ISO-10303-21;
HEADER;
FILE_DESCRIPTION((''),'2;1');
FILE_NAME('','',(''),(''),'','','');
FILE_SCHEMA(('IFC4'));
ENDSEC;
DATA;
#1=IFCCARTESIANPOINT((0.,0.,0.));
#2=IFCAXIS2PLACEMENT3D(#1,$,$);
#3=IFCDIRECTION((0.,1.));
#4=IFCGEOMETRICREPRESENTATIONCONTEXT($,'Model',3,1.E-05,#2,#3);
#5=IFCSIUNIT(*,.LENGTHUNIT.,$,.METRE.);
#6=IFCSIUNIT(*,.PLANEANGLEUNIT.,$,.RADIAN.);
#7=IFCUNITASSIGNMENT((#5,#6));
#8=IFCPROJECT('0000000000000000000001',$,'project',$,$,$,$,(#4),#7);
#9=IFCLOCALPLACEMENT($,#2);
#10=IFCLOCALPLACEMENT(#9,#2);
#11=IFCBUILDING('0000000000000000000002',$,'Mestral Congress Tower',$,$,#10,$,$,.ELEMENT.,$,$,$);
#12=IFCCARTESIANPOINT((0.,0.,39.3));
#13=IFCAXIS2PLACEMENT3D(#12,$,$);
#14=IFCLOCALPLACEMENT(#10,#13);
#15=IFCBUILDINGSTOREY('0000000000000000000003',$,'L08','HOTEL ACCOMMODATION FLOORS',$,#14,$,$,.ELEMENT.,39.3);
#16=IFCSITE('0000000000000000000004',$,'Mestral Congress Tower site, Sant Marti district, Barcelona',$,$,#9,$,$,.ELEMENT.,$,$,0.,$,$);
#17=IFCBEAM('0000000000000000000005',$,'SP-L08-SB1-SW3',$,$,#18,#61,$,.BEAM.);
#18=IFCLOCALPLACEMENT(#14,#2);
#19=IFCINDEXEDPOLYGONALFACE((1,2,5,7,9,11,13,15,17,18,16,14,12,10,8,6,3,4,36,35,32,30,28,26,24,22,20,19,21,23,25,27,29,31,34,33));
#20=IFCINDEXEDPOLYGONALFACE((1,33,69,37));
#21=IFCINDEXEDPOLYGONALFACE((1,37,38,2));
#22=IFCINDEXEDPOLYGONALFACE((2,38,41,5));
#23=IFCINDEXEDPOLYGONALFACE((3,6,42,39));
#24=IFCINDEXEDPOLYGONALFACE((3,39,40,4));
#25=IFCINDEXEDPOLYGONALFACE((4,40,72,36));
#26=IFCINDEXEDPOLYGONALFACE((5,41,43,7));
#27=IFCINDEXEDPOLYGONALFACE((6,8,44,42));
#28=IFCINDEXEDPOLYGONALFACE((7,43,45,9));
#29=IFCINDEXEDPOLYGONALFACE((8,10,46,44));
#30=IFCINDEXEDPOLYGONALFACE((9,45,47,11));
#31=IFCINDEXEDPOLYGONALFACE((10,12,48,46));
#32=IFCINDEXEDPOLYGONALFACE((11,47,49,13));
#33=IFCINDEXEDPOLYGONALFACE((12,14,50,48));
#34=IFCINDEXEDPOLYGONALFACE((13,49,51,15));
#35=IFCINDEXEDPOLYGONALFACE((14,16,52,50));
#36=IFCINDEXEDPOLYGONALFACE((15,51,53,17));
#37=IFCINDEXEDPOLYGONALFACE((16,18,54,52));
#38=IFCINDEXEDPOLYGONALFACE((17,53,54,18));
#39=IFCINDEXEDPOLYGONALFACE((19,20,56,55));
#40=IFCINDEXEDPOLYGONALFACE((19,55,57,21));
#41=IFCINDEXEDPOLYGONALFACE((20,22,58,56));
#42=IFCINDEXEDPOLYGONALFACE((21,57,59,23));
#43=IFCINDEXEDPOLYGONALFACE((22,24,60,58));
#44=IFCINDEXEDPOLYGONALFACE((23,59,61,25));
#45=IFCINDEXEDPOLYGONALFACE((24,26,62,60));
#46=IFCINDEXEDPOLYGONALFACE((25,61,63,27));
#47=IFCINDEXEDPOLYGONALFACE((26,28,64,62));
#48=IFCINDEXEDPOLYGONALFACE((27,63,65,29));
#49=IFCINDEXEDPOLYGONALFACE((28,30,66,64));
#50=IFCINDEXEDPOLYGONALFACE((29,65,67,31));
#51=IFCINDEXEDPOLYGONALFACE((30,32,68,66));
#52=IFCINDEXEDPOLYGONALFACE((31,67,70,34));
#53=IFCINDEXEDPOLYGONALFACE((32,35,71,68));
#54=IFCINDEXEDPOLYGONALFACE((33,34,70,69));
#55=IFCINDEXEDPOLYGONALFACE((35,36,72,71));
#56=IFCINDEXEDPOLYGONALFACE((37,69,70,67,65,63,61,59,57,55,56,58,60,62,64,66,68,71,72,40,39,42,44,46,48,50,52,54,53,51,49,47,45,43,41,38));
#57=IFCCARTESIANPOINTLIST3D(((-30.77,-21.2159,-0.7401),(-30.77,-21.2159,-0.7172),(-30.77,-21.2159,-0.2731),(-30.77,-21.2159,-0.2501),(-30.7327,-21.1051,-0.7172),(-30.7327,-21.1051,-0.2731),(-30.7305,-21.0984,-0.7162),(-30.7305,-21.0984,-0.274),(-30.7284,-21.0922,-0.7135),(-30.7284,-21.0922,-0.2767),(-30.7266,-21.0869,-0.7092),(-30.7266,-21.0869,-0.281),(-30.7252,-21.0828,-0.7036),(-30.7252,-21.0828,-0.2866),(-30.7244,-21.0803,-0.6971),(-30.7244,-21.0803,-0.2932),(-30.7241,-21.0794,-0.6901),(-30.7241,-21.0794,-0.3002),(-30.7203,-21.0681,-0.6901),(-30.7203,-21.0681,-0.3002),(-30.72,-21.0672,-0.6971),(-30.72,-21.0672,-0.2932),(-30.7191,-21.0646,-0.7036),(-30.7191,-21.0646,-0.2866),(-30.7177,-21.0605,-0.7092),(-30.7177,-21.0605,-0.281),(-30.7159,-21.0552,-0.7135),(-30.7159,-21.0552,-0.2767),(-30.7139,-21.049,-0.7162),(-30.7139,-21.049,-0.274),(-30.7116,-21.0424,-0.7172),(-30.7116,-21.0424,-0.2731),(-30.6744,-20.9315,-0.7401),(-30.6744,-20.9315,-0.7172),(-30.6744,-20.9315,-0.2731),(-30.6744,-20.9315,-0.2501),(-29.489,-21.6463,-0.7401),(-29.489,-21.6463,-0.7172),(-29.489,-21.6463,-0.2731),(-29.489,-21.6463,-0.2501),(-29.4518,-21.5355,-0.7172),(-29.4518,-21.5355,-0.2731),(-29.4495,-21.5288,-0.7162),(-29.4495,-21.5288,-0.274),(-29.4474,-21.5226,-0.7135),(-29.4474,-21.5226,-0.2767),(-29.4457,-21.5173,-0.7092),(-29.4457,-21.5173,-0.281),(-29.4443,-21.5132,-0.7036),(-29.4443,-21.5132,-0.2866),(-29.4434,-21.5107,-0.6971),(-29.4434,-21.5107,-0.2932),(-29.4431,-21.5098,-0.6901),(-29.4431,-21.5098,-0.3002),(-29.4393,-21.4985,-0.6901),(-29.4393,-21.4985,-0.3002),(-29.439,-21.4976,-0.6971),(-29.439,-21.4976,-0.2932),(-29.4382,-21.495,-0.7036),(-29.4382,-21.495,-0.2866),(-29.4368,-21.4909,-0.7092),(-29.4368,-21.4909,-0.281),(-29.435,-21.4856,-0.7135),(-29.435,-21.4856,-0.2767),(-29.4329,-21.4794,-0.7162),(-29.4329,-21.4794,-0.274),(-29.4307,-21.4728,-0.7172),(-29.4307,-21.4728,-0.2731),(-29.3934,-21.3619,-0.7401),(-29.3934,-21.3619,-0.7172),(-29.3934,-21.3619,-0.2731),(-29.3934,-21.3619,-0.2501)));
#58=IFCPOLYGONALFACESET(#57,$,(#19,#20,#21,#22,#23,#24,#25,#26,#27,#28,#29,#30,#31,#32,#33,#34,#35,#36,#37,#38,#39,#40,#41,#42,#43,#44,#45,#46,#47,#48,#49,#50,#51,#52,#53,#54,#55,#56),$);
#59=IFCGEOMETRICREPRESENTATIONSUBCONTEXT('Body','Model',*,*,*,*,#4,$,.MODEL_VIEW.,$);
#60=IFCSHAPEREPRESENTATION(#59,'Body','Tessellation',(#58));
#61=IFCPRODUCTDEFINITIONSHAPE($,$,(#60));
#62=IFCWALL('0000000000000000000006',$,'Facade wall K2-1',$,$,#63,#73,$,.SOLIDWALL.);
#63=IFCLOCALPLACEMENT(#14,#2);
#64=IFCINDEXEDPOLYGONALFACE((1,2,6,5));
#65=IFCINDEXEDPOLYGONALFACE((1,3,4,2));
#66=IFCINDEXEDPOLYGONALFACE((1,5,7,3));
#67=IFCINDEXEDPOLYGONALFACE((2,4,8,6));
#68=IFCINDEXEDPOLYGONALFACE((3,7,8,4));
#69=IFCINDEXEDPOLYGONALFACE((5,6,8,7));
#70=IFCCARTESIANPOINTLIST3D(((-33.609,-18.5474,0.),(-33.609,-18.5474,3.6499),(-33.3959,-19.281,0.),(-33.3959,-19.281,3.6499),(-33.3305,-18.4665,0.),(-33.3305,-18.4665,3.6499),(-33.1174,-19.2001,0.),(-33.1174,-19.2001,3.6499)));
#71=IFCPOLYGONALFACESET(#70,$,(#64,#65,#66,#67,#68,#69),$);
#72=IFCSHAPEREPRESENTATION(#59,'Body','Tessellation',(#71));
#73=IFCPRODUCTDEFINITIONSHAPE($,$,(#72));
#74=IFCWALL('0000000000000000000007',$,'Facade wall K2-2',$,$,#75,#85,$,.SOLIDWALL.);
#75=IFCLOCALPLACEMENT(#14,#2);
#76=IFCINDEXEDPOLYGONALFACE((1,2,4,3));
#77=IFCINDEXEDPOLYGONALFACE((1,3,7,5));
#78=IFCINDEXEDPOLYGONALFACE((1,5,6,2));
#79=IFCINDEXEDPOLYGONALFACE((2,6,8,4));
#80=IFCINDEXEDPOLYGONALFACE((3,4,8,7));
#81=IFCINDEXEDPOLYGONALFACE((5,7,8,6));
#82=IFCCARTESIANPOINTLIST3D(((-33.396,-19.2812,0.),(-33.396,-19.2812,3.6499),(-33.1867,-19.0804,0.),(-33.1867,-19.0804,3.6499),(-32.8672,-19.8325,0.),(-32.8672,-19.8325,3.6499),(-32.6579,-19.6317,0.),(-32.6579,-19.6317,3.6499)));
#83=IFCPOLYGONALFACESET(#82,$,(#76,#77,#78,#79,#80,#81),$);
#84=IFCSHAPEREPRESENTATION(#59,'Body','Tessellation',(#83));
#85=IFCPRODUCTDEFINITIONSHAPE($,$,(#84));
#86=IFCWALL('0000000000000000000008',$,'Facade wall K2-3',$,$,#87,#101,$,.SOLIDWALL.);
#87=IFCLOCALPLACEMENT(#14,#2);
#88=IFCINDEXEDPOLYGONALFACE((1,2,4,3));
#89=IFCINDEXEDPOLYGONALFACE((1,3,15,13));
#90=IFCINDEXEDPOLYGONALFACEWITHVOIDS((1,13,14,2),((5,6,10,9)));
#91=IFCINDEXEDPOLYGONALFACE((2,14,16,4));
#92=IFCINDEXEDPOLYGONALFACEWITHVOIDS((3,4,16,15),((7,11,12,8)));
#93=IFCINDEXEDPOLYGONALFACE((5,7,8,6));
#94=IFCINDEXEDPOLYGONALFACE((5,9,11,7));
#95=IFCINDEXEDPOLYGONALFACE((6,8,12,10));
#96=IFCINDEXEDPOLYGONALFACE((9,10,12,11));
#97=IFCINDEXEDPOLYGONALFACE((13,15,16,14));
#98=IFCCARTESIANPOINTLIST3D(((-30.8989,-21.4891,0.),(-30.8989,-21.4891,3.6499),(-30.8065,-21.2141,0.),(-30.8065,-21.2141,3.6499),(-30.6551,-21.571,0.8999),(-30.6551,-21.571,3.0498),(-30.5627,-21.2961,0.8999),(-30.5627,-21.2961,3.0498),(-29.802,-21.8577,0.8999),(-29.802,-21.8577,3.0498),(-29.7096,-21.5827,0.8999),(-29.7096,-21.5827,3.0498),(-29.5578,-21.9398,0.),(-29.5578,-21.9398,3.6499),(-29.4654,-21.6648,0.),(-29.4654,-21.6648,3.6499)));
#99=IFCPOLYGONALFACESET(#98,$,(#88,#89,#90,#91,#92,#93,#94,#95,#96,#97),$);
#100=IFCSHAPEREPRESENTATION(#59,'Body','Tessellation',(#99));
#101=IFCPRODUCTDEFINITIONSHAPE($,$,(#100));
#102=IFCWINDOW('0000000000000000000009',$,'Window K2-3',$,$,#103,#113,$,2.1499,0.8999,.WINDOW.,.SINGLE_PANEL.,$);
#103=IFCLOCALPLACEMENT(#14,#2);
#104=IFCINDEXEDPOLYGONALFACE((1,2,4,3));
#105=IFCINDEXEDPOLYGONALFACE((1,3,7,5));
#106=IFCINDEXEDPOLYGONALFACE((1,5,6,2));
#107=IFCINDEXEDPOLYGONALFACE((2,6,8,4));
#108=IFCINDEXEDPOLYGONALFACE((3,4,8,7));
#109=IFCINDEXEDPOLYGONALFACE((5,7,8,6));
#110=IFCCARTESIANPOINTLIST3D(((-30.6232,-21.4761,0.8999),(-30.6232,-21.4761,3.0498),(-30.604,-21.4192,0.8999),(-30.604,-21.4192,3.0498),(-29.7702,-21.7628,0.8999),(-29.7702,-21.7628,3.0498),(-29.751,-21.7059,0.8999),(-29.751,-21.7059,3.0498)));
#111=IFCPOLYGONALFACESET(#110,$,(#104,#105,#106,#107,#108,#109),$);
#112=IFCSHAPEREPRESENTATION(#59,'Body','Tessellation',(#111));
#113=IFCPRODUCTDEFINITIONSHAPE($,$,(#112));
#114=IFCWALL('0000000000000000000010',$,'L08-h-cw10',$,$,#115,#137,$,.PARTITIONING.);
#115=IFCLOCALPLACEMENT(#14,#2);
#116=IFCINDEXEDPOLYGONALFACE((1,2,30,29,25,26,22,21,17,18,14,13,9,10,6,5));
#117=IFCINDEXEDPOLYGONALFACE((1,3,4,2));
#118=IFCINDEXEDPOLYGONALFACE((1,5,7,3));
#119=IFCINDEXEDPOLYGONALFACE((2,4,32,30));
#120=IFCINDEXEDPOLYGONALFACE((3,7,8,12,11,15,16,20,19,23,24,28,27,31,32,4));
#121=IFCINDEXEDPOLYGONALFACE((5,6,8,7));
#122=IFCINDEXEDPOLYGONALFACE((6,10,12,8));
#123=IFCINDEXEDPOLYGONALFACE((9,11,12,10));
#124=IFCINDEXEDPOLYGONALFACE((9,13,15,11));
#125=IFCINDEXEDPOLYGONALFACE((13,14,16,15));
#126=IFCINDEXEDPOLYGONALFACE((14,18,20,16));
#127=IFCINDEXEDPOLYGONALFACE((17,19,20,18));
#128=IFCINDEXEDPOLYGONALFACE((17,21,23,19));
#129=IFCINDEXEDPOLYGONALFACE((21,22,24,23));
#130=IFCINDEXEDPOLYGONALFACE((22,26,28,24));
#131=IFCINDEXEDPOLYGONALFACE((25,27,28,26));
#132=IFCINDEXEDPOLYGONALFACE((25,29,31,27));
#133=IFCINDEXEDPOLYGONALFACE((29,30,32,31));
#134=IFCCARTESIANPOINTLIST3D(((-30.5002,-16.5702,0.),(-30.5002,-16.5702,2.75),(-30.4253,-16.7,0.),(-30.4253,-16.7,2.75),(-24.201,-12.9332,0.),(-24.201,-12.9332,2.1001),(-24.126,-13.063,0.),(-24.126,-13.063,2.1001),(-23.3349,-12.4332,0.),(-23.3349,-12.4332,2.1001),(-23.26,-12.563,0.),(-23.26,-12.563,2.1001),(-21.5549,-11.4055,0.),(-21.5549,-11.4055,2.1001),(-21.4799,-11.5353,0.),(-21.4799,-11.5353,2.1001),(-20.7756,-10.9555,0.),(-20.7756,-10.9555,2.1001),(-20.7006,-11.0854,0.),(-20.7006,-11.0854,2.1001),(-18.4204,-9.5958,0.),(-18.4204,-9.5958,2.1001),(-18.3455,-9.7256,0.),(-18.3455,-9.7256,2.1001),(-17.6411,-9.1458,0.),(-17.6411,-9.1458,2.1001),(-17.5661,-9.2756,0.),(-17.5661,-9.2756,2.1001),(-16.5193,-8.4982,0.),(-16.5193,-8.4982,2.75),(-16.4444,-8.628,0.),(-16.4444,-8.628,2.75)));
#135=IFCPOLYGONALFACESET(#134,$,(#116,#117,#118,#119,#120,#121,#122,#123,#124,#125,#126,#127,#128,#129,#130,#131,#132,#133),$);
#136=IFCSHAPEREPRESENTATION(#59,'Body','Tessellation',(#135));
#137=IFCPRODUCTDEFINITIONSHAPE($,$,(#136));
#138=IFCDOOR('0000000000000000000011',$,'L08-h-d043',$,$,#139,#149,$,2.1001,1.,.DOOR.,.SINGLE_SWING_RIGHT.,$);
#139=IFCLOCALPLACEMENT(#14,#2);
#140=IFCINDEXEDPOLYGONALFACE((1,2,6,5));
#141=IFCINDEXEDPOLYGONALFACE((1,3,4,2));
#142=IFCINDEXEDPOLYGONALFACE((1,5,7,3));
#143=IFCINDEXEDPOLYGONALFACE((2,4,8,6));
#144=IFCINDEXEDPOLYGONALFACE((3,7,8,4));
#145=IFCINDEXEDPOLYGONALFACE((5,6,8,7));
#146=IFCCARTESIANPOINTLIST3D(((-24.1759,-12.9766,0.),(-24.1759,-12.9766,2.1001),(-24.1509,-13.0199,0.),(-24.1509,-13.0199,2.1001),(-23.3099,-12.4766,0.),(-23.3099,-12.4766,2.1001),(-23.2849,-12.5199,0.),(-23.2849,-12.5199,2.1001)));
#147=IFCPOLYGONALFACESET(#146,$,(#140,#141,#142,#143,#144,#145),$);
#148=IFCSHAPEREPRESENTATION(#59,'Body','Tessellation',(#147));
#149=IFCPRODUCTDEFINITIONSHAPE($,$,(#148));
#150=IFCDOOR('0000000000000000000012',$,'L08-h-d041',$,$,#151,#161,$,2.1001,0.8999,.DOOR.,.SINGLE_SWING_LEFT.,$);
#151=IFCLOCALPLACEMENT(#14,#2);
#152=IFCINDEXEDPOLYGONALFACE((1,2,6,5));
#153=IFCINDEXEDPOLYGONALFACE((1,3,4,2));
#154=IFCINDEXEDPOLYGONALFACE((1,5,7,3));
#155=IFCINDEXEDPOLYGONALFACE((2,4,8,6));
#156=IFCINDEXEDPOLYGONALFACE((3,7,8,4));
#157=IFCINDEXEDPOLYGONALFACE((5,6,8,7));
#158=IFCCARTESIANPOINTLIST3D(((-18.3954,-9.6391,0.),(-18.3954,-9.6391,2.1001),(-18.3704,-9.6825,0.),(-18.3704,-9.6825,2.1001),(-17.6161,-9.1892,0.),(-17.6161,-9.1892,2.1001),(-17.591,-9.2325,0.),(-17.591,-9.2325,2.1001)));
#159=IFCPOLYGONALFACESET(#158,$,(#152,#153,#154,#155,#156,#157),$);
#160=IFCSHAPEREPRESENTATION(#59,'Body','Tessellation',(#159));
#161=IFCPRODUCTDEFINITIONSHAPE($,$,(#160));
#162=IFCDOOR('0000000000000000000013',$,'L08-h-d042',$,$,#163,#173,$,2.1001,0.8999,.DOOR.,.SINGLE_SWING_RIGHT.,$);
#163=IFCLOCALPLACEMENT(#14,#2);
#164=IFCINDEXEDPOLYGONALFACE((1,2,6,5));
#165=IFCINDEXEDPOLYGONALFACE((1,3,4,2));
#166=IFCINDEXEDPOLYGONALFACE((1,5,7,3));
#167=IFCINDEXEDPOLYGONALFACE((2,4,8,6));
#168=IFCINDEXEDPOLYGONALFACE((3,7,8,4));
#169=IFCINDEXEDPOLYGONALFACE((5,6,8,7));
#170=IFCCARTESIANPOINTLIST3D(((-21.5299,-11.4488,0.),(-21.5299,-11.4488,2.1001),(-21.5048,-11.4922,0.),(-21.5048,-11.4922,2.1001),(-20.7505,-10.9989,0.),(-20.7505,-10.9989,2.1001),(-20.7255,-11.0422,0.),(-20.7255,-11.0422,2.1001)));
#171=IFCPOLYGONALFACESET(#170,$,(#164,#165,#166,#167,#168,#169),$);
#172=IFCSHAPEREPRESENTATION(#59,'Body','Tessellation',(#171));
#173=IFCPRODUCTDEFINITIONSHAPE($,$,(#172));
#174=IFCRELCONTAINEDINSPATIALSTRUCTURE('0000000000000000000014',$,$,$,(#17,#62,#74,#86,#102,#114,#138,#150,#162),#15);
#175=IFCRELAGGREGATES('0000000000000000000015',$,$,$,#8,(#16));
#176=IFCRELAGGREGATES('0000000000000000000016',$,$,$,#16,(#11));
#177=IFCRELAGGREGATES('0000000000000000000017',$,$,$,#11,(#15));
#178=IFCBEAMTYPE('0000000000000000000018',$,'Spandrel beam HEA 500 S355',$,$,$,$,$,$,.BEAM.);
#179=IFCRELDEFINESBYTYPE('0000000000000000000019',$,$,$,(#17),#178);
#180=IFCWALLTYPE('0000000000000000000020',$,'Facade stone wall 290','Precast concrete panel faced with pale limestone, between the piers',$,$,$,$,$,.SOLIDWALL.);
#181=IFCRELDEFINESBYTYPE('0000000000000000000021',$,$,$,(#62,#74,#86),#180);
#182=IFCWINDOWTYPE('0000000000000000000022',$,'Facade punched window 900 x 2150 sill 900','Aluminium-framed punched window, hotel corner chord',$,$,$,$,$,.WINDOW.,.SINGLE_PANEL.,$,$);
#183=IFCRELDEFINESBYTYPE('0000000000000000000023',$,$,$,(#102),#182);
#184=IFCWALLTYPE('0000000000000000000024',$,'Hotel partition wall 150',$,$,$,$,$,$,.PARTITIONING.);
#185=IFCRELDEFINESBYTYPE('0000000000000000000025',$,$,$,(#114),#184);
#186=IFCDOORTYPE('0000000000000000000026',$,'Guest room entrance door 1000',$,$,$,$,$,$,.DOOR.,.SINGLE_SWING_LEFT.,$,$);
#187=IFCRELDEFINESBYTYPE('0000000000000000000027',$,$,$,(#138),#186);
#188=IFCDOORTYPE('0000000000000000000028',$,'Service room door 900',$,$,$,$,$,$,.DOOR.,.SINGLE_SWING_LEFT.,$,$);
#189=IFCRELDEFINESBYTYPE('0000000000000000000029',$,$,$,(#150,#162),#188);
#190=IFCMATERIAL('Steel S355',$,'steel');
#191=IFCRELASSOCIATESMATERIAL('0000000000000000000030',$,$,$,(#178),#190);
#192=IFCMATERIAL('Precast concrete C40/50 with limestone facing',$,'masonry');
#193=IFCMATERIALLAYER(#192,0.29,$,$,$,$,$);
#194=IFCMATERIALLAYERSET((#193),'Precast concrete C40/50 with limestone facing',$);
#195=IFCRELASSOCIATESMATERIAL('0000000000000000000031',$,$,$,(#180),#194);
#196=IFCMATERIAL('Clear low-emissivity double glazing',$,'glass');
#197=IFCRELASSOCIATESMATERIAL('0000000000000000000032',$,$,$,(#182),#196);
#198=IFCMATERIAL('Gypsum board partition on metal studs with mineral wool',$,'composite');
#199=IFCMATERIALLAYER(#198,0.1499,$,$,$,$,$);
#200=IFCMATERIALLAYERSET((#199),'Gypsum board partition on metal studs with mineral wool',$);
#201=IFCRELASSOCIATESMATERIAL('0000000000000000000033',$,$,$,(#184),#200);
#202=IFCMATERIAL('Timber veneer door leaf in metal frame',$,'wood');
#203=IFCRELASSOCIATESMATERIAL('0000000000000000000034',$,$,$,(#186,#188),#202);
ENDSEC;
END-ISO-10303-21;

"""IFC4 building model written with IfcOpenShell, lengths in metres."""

from ifc_helpers import new_model, si_unit, direction, frame, frame_2d, origin, origin_2d, place, context, subcontext, project, spatial, rectangle, i_section, extrude, material, layer, layer_set, material_profile, profile_set, type_object, element, fill, save


model = new_model("IFC4")

# Units and contexts
model_context = context("Model", 3, precision=1e-05, world=origin(), true_north=direction((0.0, 1.0)))
body_context = subcontext(model_context, "Body", "Model", "MODEL_VIEW")
ifc_project = project(units=[si_unit("LENGTHUNIT", "METRE"), si_unit("PLANEANGLEUNIT", "RADIAN")], contexts=[model_context])

# Site, building, storey
site_placement = place(None, origin())
site = spatial("IfcSite", under=ifc_project, at=site_placement, Name="Mestral Congress Tower site, Sant Marti district, Barcelona", CompositionType="ELEMENT", RefElevation=0.0)
building_placement = place(site_placement, origin())
building = spatial("IfcBuilding", under=site, at=building_placement, Name="Mestral Congress Tower", CompositionType="ELEMENT")
storey_placement = place(building_placement, frame((0.0, 0.0, 39.3)))
storey = spatial("IfcBuildingStorey", under=building, at=storey_placement, Name="L08", Description="HOTEL ACCOMMODATION FLOORS", CompositionType="ELEMENT", Elevation=39.3)

# Beam
ifc_material_1 = material(Name="Steel S355", Category="steel")
ifc_material_profile_1 = material_profile(ifc_material_1, i_section(OverallWidth=0.3, OverallDepth=0.49, WebThickness=0.012, FlangeThickness=0.0229, FilletRadius=0.0271, at=origin_2d()), Name="HEA 500")
ifc_profile_set_1 = profile_set([ifc_material_profile_1], Name="Steel S355")
beam_type_1 = type_object("IfcBeamType", Name="Spandrel beam HEA 500 S355", PredefinedType="BEAM", material=ifc_profile_set_1)
beam_1_placement = place(storey_placement, frame((-30.7222, -21.0737, -0.4951), z_axis=(0.947922, -0.318503, 0.0), x_axis=(0.318503, 0.947922, 0.0)))
element("IfcBeam", 1, at=beam_1_placement, inside=storey, type_object=beam_type_1, Name="SP-L08-SB1-SW3", PredefinedType="BEAM", context=body_context, shape_type="SweptSolid", body=[
    extrude(i_section(OverallWidth=0.3, OverallDepth=0.49, WebThickness=0.012, FlangeThickness=0.0229, FilletRadius=0.0271, at=origin_2d()), origin(), (0.0, 0.0, 1.0), 1.3513),
])

# Walls
ifc_material_2 = material(Name="Precast concrete C40/50 with limestone facing", Category="masonry")
ifc_layer_1 = layer(ifc_material_2, 0.29)
ifc_layer_set_1 = layer_set([ifc_layer_1], Name="Precast concrete C40/50 with limestone facing")
wall_type_1 = type_object("IfcWallType", Name="Facade stone wall 290", Description="Precast concrete panel faced with pale limestone, between the piers", PredefinedType="SOLIDWALL", material=ifc_layer_set_1)
for number, where, z_axis, x_axis, name in (
    (2, (-33.4697, -18.5071, 0.0), (0.0, 0.0, 1.0), (0.278981, -0.960297, 0.0), "Facade wall K2-1"),
    (3, (-33.2913, -19.1809, 0.0), (0.0, 0.0, 1.0), (0.692252, -0.721656, 0.0), "Facade wall K2-2"),
):
    element("IfcWall", number, at=place(storey_placement, frame(where, z_axis=z_axis, x_axis=x_axis)), inside=storey, type_object=wall_type_1, Name=name, PredefinedType="SOLIDWALL", context=body_context, shape_type="SweptSolid", body=[
        extrude(rectangle(XDim=0.7639, YDim=0.29, at=frame_2d((0.3818, 0.0))), origin(), (0.0, 0.0, 1.0), 3.6499),
    ])

# Wall, opening, window
wall_1_placement = place(storey_placement, frame((-30.8528, -21.3516, 0.0), z_axis=(0.0, 0.0, 1.0), x_axis=(0.947904, -0.318556, 0.0)))
wall_1 = element("IfcWall", 4, at=wall_1_placement, inside=storey, type_object=wall_type_1, Name="Facade wall K2-3", PredefinedType="SOLIDWALL", context=body_context, shape_type="SweptSolid", body=[
    extrude(rectangle(XDim=1.4148, YDim=0.29, at=frame_2d((0.7075, 0.0))), origin(), (0.0, 0.0, 1.0), 3.6499),
])
opening_1_placement = place(wall_1_placement, frame((0.2573, 0.0, 0.8999)))
opening_1 = element("IfcOpeningElement", 5, at=opening_1_placement, cuts=wall_1, PredefinedType="OPENING", context=body_context, shape_type="SweptSolid", body=[
    extrude(rectangle(XDim=0.8999, YDim=2.1499, at=frame_2d((0.45, 1.075))), frame((0.0, 0.155, 0.0), z_axis=(0.0, -1.0, 0.0), x_axis=(1.0, 0.0, 0.0)), (0.0, 0.0, 1.0), 0.3101),
])
ifc_material_3 = material(Name="Clear low-emissivity double glazing", Category="glass")
window_type = type_object("IfcWindowType", Name="Facade punched window 900 x 2150 sill 900", Description="Aluminium-framed punched window, hotel corner chord", PartitioningType="SINGLE_PANEL", PredefinedType="WINDOW", material=ifc_material_3)
window_placement = place(opening_1_placement, origin())
window = element("IfcWindow", 6, at=window_placement, inside=storey, type_object=window_type, Name="Window K2-3", OverallHeight=2.1499, OverallWidth=0.8999, PartitioningType="SINGLE_PANEL", PredefinedType="WINDOW", context=body_context, shape_type="SweptSolid", body=[
    extrude(rectangle(XDim=0.8999, YDim=2.1499, at=frame_2d((0.45, 1.075))), frame((0.0, 0.0151, 0.0), z_axis=(0.0, -1.0, 0.0), x_axis=(1.0, 0.0, 0.0)), (0.0, 0.0, 1.0), 0.0601),
])
fill(opening_1, window)

# Wall, openings, doors
ifc_material_4 = material(Name="Gypsum board partition on metal studs with mineral wool", Category="composite")
ifc_layer_2 = layer(ifc_material_4, 0.1499)
ifc_layer_set_2 = layer_set([ifc_layer_2], Name="Gypsum board partition on metal studs with mineral wool")
wall_type_2 = type_object("IfcWallType", Name="Hotel partition wall 150", PredefinedType="PARTITIONING", material=ifc_layer_set_2)
wall_2_placement = place(storey_placement, frame((-30.4626, -16.635, 0.0), z_axis=(0.0, 0.0, 1.0), x_axis=(0.866022, 0.500005, 0.0)))
wall_2 = element("IfcWall", 7, at=wall_2_placement, inside=storey, type_object=wall_type_2, Name="L08-h-cw10", PredefinedType="PARTITIONING", context=body_context, shape_type="SweptSolid", body=[
    extrude(rectangle(XDim=16.1438, YDim=0.1499, at=frame_2d((8.0718, 0.0))), origin(), (0.0, 0.0, 1.0), 2.75),
])
opening_2_placement = place(wall_2_placement, frame((13.9485, 0.0, 0.0)))
opening_2 = element("IfcOpeningElement", 8, at=opening_2_placement, cuts=wall_2, PredefinedType="OPENING", context=body_context, shape_type="SweptSolid", body=[
    extrude(rectangle(XDim=0.8999, YDim=2.1001, at=frame_2d((0.45, 1.05))), frame((0.0, 0.085, 0.0), z_axis=(0.0, -1.0, 0.0), x_axis=(1.0, 0.0, 0.0)), (0.0, 0.0, 1.0), 0.1699),
])
opening_3_placement = place(wall_2_placement, frame((10.3291, 0.0, 0.0)))
opening_3 = element("IfcOpeningElement", 9, at=opening_3_placement, cuts=wall_2, PredefinedType="OPENING", context=body_context, shape_type="SweptSolid", body=[
    extrude(rectangle(XDim=0.8999, YDim=2.1001, at=frame_2d((0.45, 1.05))), frame((0.0, 0.085, 0.0), z_axis=(0.0, -1.0, 0.0), x_axis=(1.0, 0.0, 0.0)), (0.0, 0.0, 1.0), 0.1699),
])
opening_4_placement = place(wall_2_placement, frame((7.2737, 0.0, 0.0)))
opening_4 = element("IfcOpeningElement", 10, at=opening_4_placement, cuts=wall_2, PredefinedType="OPENING", context=body_context, shape_type="SweptSolid", body=[
    extrude(rectangle(XDim=1.0, YDim=2.1001, at=frame_2d((0.5, 1.05))), frame((0.0, 0.085, 0.0), z_axis=(0.0, -1.0, 0.0), x_axis=(1.0, 0.0, 0.0)), (0.0, 0.0, 1.0), 0.1699),
])
ifc_material_5 = material(Name="Timber veneer door leaf in metal frame", Category="wood")
door_type_1 = type_object("IfcDoorType", Name="Guest room entrance door 1000", OperationType="SINGLE_SWING_LEFT", PredefinedType="DOOR", material=ifc_material_5)
door_1_placement = place(opening_4_placement, origin())
door_1 = element("IfcDoor", 11, at=door_1_placement, inside=storey, type_object=door_type_1, Name="L08-h-d043", OperationType="SINGLE_SWING_RIGHT", OverallHeight=2.1001, OverallWidth=1.0, PredefinedType="DOOR", context=body_context, shape_type="SweptSolid", body=[
    extrude(rectangle(XDim=1.0, YDim=2.1001, at=frame_2d((0.5, 1.05))), frame((0.0, 0.0249, 0.0), z_axis=(0.0, -1.0, 0.0), x_axis=(1.0, 0.0, 0.0)), (0.0, 0.0, 1.0), 0.05),
])
fill(opening_4, door_1)
door_type_2 = type_object("IfcDoorType", Name="Service room door 900", OperationType="SINGLE_SWING_LEFT", PredefinedType="DOOR", material=ifc_material_5)
door_2_placement = place(opening_2_placement, origin())
door_2 = element("IfcDoor", 12, at=door_2_placement, inside=storey, type_object=door_type_2, Name="L08-h-d041", OperationType="SINGLE_SWING_LEFT", OverallHeight=2.1001, OverallWidth=0.8999, PredefinedType="DOOR", context=body_context, shape_type="SweptSolid", body=[
    extrude(rectangle(XDim=0.8999, YDim=2.1001, at=frame_2d((0.45, 1.05))), frame((0.0, 0.0249, 0.0), z_axis=(0.0, -1.0, 0.0), x_axis=(1.0, 0.0, 0.0)), (0.0, 0.0, 1.0), 0.05),
])
fill(opening_2, door_2)
door_3_placement = place(opening_3_placement, origin())
door_3 = element("IfcDoor", 13, at=door_3_placement, inside=storey, type_object=door_type_2, Name="L08-h-d042", OperationType="SINGLE_SWING_RIGHT", OverallHeight=2.1001, OverallWidth=0.8999, PredefinedType="DOOR", context=body_context, shape_type="SweptSolid", body=[
    extrude(rectangle(XDim=0.8999, YDim=2.1001, at=frame_2d((0.45, 1.05))), frame((0.0, 0.0249, 0.0), z_axis=(0.0, -1.0, 0.0), x_axis=(1.0, 0.0, 0.0)), (0.0, 0.0, 1.0), 0.05),
])
fill(opening_3, door_3)

save(model, "model.ifc")
